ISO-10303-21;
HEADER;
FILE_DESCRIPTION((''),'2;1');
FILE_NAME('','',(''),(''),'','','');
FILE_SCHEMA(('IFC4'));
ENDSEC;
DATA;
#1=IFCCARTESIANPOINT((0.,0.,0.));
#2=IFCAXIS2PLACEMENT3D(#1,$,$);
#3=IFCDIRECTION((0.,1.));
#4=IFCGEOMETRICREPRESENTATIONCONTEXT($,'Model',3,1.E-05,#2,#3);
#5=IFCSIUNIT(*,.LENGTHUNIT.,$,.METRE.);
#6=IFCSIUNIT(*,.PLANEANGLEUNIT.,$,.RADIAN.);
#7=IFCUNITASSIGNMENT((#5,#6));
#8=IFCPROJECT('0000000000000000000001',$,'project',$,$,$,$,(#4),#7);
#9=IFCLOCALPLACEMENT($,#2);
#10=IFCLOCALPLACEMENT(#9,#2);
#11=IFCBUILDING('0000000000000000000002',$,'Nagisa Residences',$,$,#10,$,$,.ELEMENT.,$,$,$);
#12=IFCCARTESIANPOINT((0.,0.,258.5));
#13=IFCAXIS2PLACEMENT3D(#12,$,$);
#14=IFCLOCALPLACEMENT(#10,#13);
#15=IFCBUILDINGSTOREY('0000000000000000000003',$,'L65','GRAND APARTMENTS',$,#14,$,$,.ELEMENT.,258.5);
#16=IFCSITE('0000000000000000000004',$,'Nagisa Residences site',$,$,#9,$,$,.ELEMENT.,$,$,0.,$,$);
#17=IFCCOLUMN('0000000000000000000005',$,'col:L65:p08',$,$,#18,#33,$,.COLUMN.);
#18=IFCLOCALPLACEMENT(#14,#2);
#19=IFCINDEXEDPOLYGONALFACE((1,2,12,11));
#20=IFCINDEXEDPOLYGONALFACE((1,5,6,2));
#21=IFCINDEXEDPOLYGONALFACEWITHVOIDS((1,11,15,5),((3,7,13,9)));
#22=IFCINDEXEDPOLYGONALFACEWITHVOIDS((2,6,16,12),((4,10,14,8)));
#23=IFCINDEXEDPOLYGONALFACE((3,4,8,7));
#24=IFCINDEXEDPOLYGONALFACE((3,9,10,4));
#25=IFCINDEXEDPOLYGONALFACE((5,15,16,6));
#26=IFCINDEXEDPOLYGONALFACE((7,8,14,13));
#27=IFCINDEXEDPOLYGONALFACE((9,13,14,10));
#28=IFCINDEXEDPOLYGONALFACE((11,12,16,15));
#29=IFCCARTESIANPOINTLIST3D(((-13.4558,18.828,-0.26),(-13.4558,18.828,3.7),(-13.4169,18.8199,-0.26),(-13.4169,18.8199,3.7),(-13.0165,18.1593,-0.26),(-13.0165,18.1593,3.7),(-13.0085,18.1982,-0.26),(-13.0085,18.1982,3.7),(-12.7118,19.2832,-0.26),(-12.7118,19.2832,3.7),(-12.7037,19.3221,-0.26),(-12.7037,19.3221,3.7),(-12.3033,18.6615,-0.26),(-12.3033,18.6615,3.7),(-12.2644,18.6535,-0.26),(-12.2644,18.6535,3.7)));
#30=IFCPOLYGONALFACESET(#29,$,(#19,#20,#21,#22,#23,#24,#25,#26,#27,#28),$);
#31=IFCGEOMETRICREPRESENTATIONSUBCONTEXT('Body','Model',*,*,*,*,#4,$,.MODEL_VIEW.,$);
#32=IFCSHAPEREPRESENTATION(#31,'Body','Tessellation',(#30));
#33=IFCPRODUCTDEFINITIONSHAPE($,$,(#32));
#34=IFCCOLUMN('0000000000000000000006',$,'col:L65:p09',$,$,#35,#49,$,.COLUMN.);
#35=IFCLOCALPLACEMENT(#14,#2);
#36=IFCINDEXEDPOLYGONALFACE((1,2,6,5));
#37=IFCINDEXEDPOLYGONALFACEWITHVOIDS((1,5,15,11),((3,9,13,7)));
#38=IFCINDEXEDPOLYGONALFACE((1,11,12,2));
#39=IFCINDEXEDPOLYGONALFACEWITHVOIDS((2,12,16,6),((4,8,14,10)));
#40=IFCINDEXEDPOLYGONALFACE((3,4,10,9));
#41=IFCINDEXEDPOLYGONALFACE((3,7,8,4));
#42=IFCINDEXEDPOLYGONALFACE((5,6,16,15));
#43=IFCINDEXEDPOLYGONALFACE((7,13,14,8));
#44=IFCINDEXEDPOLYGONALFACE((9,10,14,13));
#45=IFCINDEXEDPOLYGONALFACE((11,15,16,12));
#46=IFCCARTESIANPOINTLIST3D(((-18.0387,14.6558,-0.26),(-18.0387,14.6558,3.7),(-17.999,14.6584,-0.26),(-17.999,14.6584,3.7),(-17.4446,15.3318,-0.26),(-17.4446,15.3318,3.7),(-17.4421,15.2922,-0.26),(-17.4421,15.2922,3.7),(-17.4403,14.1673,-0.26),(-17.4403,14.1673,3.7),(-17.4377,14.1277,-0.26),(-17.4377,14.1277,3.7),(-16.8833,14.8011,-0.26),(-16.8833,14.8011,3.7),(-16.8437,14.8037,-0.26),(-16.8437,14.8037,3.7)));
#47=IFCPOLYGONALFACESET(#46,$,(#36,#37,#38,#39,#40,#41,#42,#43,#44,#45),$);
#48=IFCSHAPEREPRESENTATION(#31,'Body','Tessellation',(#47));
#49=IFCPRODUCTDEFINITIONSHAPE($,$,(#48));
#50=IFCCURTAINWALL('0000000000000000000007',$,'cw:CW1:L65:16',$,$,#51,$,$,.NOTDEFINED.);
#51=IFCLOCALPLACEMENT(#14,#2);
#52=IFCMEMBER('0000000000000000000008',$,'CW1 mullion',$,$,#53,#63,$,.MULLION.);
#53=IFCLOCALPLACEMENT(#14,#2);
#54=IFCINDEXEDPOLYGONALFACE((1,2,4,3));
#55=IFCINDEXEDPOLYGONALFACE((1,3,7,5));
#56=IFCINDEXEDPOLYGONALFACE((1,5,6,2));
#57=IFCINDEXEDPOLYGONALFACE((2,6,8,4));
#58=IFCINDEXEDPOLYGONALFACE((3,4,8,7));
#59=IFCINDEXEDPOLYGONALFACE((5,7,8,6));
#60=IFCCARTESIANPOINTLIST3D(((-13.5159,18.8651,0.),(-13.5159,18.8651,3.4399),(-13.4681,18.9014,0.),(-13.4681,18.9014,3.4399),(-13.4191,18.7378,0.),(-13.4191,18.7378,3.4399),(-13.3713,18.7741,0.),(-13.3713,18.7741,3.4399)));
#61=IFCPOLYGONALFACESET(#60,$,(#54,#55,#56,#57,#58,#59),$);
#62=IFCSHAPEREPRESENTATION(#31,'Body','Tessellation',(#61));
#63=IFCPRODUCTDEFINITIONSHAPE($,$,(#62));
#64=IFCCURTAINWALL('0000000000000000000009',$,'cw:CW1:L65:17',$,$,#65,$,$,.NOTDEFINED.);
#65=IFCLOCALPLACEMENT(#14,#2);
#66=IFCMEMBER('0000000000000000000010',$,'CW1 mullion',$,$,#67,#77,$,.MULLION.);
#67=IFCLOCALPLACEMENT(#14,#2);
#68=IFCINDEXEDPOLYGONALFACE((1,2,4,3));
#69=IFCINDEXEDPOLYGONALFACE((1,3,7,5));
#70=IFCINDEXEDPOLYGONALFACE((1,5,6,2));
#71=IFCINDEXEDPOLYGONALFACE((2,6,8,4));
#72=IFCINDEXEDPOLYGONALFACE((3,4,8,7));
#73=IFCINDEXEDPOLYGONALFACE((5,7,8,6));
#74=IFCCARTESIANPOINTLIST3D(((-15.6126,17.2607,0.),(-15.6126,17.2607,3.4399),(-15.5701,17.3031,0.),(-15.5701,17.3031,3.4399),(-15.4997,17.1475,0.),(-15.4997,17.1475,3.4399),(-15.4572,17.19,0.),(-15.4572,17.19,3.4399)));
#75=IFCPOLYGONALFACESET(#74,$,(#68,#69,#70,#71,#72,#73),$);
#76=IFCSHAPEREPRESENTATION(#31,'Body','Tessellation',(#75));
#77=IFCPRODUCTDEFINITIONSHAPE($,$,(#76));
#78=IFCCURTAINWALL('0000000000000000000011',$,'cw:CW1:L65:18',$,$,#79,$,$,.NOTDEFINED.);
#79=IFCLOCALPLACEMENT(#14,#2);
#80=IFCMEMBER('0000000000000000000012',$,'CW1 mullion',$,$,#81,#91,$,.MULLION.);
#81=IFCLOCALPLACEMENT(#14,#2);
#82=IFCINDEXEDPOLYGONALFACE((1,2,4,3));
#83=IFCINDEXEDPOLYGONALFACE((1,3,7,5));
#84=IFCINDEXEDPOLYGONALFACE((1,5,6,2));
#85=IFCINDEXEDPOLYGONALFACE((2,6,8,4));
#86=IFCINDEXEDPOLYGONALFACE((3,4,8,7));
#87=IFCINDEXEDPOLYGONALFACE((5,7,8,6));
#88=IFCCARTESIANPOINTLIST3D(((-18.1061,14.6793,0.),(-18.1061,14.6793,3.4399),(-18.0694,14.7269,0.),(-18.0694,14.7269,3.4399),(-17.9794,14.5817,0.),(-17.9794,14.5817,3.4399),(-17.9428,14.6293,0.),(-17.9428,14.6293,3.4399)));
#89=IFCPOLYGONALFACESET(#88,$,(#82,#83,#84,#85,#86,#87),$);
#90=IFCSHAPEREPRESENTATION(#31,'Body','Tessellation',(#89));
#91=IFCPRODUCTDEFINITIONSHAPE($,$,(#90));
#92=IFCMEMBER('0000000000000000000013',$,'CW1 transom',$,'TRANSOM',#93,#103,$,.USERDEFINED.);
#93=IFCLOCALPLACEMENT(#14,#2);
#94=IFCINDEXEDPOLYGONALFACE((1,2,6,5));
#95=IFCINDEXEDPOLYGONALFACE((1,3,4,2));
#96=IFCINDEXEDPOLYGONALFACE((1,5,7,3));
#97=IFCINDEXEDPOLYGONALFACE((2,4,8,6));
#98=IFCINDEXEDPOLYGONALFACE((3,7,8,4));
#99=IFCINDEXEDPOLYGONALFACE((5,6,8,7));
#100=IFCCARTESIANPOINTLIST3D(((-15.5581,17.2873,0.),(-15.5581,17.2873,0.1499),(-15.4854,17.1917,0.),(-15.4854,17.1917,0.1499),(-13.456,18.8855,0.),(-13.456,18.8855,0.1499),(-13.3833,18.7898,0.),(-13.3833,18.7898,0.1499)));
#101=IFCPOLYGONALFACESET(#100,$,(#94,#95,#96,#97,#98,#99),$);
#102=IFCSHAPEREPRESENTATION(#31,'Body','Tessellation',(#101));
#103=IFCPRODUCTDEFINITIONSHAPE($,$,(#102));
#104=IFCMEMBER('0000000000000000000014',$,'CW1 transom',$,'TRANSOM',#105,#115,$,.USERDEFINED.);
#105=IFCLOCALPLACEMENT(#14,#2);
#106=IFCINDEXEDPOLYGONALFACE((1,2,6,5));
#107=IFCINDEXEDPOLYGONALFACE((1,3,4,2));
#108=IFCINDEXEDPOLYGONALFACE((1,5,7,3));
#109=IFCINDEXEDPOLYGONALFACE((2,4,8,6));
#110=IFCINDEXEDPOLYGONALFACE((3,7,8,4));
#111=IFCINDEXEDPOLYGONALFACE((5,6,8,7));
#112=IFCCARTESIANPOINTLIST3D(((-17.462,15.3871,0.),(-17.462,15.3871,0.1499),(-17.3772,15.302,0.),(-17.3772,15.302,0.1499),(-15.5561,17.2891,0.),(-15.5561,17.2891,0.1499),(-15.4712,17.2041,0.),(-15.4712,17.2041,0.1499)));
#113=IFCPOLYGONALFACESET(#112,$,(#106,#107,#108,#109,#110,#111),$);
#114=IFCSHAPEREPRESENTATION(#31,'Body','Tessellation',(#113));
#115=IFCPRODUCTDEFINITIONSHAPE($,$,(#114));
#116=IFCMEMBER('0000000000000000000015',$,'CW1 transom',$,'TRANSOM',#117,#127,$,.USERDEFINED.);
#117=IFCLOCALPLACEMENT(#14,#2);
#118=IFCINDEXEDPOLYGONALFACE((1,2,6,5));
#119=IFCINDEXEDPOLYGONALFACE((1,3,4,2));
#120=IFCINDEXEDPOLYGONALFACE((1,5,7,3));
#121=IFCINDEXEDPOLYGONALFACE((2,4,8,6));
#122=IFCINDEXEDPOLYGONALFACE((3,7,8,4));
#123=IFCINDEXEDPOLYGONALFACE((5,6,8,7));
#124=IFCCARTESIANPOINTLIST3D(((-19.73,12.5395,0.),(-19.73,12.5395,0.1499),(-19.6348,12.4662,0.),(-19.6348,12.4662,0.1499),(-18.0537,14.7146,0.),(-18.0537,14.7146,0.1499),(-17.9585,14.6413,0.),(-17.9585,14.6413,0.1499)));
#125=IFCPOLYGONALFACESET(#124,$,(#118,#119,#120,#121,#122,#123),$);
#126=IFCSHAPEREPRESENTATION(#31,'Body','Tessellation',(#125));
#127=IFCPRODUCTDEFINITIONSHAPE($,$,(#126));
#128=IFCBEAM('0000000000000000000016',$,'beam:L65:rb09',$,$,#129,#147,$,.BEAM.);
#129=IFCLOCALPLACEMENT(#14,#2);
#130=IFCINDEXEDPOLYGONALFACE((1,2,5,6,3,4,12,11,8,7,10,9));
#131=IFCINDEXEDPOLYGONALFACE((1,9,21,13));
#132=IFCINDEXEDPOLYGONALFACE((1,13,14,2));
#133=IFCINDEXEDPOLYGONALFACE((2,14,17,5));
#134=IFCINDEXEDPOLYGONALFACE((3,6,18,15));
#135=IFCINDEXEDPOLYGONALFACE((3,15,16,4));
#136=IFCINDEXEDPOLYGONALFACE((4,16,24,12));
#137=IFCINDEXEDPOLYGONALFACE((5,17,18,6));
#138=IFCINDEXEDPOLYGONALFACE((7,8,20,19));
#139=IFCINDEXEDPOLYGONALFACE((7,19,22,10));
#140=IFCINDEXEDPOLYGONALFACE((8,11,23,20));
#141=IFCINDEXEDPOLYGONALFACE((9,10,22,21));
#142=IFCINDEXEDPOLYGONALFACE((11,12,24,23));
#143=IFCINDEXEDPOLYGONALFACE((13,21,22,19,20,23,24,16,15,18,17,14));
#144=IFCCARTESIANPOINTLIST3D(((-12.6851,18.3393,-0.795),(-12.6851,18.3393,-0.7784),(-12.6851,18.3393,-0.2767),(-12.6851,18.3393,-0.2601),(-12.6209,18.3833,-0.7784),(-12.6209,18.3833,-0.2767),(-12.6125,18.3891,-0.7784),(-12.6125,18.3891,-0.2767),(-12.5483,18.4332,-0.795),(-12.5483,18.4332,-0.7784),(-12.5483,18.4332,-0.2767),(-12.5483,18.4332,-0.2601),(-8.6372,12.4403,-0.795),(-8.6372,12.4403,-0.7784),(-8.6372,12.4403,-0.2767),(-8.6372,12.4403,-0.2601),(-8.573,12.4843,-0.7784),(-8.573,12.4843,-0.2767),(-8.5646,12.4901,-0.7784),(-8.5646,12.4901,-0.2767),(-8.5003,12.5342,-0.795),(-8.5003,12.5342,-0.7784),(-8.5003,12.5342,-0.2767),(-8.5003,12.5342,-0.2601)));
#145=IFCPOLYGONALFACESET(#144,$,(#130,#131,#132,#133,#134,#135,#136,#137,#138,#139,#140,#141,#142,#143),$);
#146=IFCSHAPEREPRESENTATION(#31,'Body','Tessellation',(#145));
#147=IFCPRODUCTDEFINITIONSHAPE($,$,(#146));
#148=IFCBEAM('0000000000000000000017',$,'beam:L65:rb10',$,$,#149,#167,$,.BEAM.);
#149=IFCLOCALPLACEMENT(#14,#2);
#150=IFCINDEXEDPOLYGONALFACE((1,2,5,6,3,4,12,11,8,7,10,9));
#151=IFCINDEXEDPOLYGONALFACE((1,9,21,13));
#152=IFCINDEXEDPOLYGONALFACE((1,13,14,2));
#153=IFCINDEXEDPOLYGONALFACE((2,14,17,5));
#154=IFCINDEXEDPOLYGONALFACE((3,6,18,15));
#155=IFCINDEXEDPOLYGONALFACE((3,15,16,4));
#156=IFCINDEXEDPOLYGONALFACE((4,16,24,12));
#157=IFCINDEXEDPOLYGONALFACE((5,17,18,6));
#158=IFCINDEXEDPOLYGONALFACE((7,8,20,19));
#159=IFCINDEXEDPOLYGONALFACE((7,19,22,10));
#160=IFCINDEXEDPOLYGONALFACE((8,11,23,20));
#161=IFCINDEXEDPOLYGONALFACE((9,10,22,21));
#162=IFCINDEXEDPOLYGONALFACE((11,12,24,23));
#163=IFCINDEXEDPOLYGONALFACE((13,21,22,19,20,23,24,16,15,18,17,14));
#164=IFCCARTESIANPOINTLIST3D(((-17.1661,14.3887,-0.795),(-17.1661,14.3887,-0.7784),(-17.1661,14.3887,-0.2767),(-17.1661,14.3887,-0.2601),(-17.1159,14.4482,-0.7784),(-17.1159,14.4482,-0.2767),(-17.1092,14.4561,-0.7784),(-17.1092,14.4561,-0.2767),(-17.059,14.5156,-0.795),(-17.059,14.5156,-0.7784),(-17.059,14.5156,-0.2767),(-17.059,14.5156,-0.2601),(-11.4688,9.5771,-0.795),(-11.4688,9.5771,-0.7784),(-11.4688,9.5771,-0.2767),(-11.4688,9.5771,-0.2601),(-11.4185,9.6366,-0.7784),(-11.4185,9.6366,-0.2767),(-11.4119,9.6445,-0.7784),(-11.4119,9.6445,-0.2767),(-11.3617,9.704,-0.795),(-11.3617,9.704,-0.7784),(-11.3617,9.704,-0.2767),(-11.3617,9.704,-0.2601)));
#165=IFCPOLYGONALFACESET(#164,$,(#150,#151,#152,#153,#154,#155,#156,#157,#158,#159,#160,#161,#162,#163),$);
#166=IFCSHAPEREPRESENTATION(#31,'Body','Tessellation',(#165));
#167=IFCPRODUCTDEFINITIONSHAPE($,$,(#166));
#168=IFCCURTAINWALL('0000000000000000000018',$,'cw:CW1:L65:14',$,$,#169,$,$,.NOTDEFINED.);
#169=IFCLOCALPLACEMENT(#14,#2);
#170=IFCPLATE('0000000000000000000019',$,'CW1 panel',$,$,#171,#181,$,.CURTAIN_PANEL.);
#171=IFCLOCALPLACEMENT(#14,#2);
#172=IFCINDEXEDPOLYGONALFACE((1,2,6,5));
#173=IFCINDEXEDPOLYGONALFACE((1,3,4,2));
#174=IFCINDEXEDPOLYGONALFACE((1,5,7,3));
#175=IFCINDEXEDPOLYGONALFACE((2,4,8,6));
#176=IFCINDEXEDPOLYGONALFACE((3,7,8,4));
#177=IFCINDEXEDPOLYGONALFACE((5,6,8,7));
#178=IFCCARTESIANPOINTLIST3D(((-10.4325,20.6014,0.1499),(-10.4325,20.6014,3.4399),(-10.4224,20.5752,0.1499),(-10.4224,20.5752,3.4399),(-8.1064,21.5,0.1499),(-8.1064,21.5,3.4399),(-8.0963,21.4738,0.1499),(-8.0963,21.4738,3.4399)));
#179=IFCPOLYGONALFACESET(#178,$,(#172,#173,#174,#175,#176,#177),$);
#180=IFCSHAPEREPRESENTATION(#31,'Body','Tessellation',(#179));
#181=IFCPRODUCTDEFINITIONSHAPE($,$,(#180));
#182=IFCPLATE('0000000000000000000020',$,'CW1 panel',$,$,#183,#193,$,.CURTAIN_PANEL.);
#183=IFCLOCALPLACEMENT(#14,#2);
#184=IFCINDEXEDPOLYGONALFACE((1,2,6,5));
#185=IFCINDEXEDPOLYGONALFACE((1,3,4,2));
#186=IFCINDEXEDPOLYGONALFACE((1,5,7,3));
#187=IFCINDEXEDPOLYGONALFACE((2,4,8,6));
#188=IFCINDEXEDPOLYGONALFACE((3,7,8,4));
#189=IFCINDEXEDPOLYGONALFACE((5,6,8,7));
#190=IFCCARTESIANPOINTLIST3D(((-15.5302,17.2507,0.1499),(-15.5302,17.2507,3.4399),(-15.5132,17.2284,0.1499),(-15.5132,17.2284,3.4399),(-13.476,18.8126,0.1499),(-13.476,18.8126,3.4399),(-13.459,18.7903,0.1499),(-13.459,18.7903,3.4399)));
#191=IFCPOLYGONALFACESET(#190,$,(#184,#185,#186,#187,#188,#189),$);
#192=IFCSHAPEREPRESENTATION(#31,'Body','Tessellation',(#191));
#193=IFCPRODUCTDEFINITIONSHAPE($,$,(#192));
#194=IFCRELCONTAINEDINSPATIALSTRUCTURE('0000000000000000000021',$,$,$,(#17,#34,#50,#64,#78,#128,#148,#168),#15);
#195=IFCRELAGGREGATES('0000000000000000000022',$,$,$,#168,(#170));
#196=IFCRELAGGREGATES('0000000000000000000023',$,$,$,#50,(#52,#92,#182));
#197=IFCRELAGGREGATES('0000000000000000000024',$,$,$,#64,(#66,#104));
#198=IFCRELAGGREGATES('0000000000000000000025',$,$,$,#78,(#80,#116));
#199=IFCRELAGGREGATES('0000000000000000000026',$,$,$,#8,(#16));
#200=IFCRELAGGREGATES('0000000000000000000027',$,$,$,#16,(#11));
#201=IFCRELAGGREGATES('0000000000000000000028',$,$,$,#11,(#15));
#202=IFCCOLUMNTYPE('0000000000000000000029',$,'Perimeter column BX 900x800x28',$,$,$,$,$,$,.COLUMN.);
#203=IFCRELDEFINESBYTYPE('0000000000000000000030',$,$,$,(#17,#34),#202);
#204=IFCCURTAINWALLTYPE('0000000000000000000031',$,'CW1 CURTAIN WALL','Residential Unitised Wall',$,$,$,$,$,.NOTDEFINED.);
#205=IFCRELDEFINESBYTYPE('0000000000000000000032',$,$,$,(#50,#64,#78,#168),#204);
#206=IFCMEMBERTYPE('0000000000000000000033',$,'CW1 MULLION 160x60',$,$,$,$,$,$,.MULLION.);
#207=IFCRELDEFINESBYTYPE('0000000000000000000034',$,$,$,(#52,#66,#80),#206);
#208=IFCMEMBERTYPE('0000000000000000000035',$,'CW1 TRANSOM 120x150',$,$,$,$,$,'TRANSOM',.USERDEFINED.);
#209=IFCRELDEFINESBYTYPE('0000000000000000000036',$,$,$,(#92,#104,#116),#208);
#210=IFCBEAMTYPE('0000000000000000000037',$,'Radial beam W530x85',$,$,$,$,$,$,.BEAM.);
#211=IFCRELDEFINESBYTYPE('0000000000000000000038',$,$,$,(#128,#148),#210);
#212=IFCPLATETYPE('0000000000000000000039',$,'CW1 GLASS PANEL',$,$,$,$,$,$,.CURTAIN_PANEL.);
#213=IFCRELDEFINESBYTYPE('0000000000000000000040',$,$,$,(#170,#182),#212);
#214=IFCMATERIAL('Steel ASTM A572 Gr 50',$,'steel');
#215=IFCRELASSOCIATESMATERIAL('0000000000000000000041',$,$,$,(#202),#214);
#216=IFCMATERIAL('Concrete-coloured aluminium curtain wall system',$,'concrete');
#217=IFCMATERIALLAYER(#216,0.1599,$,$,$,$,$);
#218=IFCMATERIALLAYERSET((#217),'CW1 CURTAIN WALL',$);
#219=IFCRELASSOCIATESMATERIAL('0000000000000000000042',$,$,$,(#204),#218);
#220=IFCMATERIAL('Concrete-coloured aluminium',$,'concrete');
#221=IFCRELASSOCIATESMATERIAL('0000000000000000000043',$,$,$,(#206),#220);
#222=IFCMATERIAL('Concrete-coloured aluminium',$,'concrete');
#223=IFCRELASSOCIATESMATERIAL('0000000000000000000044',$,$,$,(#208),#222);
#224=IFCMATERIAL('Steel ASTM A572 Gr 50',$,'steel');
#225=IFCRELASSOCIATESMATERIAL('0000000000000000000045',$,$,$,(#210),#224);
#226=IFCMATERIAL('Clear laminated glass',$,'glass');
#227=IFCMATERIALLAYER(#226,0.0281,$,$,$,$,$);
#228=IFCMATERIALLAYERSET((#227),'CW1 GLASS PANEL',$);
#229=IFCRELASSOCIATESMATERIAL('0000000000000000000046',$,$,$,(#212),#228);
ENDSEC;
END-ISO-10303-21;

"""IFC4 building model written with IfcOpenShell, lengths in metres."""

from ifc_helpers import new_model, si_unit, direction, frame, origin, origin_2d, place, context, subcontext, project, spatial, rectangle, hollow_rectangle, i_section, extrude, material, layer, layer_set, material_profile, profile_set, type_object, element, aggregate, save


model = new_model("IFC4")

# Units and contexts
model_context = context("Model", 3, precision=1e-05, world=origin(), true_north=direction((0.0, 1.0)))
body_context = subcontext(model_context, "Body", "Model", "MODEL_VIEW")
ifc_project = project(units=[si_unit("LENGTHUNIT", "METRE"), si_unit("PLANEANGLEUNIT", "RADIAN")], contexts=[model_context])

# Site, building, storey
site_placement = place(None, origin())
site = spatial("IfcSite", under=ifc_project, at=site_placement, Name="Nagisa Residences site", CompositionType="ELEMENT", RefElevation=0.0)
building_placement = place(site_placement, origin())
building = spatial("IfcBuilding", under=site, at=building_placement, Name="Nagisa Residences", CompositionType="ELEMENT")
storey_placement = place(building_placement, frame((0.0, 0.0, 258.5)))
storey = spatial("IfcBuildingStorey", under=building, at=storey_placement, Name="L65", Description="GRAND APARTMENTS", CompositionType="ELEMENT", Elevation=258.5)

# Columns
ifc_material_1 = material(Name="Steel ASTM A572 Gr 50", Category="steel")
ifc_material_profile_1 = material_profile(ifc_material_1, hollow_rectangle(XDim=0.8999, YDim=0.8, WallThickness=0.0281, at=origin_2d()), Name="BX 900x800x28")
ifc_profile_set_1 = profile_set([ifc_material_profile_1], Name="Steel ASTM A572 Gr 50")
column_type = type_object("IfcColumnType", Name="Perimeter column BX 900x800x28", PredefinedType="COLUMN", material=ifc_profile_set_1)
for number, where, z_axis, x_axis, name in (
    (1, (-12.8601, 18.7407, -0.26), (0.0, 0.0, 1.0), (-0.835766, -0.549086, 0.0), "col:L65:p08"),
    (2, (-17.4412, 14.7297, -0.26), (0.0, 0.0, 1.0), (-0.660115, -0.751165, 0.0), "col:L65:p09"),
):
    element("IfcColumn", number, at=place(storey_placement, frame(where, z_axis=z_axis, x_axis=x_axis)), inside=storey, type_object=column_type, Name=name, PredefinedType="COLUMN", context=body_context, shape_type="SweptSolid", body=[
        extrude(hollow_rectangle(XDim=0.8999, YDim=0.8, WallThickness=0.0281, at=origin_2d()), origin(), (0.0, 0.0, 1.0), 3.96),
    ])

# Curtain walls, members
ifc_material_2 = material(Name="Concrete-coloured aluminium curtain wall system", Category="concrete")
ifc_layer_1 = layer(ifc_material_2, 0.1599)
ifc_layer_set_1 = layer_set([ifc_layer_1], Name="CW1 CURTAIN WALL")
curtain_wall_type = type_object("IfcCurtainWallType", Name="CW1 CURTAIN WALL", Description="Residential Unitised Wall", PredefinedType="NOTDEFINED", material=ifc_layer_set_1)
curtain_wall_1_placement = place(storey_placement, origin())
curtain_wall_1 = element("IfcCurtainWall", 3, at=curtain_wall_1_placement, inside=storey, type_object=curtain_wall_type, Name="cw:CW1:L65:16", PredefinedType="NOTDEFINED")
ifc_material_3 = material(Name="Concrete-coloured aluminium", Category="concrete")
ifc_material_profile_2 = material_profile(ifc_material_3, rectangle(XDim=0.1599, YDim=0.0601, at=origin_2d()), Name="CW1 MULLION 160x60")
ifc_profile_set_2 = profile_set([ifc_material_profile_2], Name="Concrete-coloured aluminium")
member_type_1 = type_object("IfcMemberType", Name="CW1 MULLION 160x60", PredefinedType="MULLION", material=ifc_profile_set_2)
member_1_placement = place(storey_placement, frame((-13.4436, 18.8196, 0.0), z_axis=(0.0, 0.0, 1.0), x_axis=(0.605255, -0.796031, 0.0)))
member_1 = element("IfcMember", 4, at=member_1_placement, type_object=member_type_1, Name="CW1 mullion", PredefinedType="MULLION", context=body_context, shape_type="SweptSolid", body=[
    extrude(rectangle(XDim=0.1599, YDim=0.0601, at=origin_2d()), origin(), (0.0, 0.0, 1.0), 3.4399),
])
curtain_wall_2_placement = place(storey_placement, origin())
curtain_wall_2 = element("IfcCurtainWall", 5, at=curtain_wall_2_placement, inside=storey, type_object=curtain_wall_type, Name="cw:CW1:L65:17", PredefinedType="NOTDEFINED")
member_2_placement = place(storey_placement, frame((-15.5349, 17.2253, 0.0), z_axis=(0.0, 0.0, 1.0), x_axis=(0.706377, -0.707836, 0.0)))
member_2 = element("IfcMember", 6, at=member_2_placement, type_object=member_type_1, Name="CW1 mullion", PredefinedType="MULLION", context=body_context, shape_type="SweptSolid", body=[
    extrude(rectangle(XDim=0.1599, YDim=0.0601, at=origin_2d()), origin(), (0.0, 0.0, 1.0), 3.4399),
])
curtain_wall_3_placement = place(storey_placement, origin())
curtain_wall_3 = element("IfcCurtainWall", 7, at=curtain_wall_3_placement, inside=storey, type_object=curtain_wall_type, Name="cw:CW1:L65:18", PredefinedType="NOTDEFINED")
member_3_placement = place(storey_placement, frame((-18.0244, 14.6543, 0.0), z_axis=(0.0, 0.0, 1.0), x_axis=(0.79207, -0.61043, 0.0)))
member_3 = element("IfcMember", 8, at=member_3_placement, type_object=member_type_1, Name="CW1 mullion", PredefinedType="MULLION", context=body_context, shape_type="SweptSolid", body=[
    extrude(rectangle(XDim=0.1599, YDim=0.0601, at=origin_2d()), origin(), (0.0, 0.0, 1.0), 3.4399),
])

# Members
ifc_material_4 = material(Name="Concrete-coloured aluminium", Category="concrete")
ifc_material_profile_3 = material_profile(ifc_material_4, rectangle(XDim=0.1201, YDim=0.1499, at=origin_2d()), Name="CW1 TRANSOM 120x150")
ifc_profile_set_3 = profile_set([ifc_material_profile_3], Name="Concrete-coloured aluminium")
member_type_2 = type_object("IfcMemberType", Name="CW1 TRANSOM 120x150", ElementType="TRANSOM", PredefinedType="USERDEFINED", material=ifc_profile_set_3)
member_4_placement = place(storey_placement, frame((-13.4197, 18.8376, 0.075), z_axis=(-0.796055, -0.605224, 0.0), x_axis=(0.605224, -0.796055, 0.0)))
member_4 = element("IfcMember", 9, at=member_4_placement, type_object=member_type_2, Name="CW1 transom", ObjectType="TRANSOM", PredefinedType="USERDEFINED", context=body_context, shape_type="SweptSolid", body=[
    extrude(rectangle(XDim=0.1201, YDim=0.1499, at=origin_2d()), origin(), (0.0, 0.0, 1.0), 2.6406),
])
member_5_placement = place(storey_placement, frame((-15.5137, 17.2466, 0.075), z_axis=(-0.707832, -0.706381, 0.0), x_axis=(0.706381, -0.707832, 0.0)))
member_5 = element("IfcMember", 10, at=member_5_placement, type_object=member_type_2, Name="CW1 transom", ObjectType="TRANSOM", PredefinedType="USERDEFINED", context=body_context, shape_type="SweptSolid", body=[
    extrude(rectangle(XDim=0.1201, YDim=0.1499, at=origin_2d()), origin(), (0.0, 0.0, 1.0), 2.6926),
])
member_6_placement = place(storey_placement, frame((-18.0061, 14.678, 0.075), z_axis=(-0.610432, -0.792068, 0.0), x_axis=(0.792068, -0.610432, 0.0)))
member_6 = element("IfcMember", 11, at=member_6_placement, type_object=member_type_2, Name="CW1 transom", ObjectType="TRANSOM", PredefinedType="USERDEFINED", context=body_context, shape_type="SweptSolid", body=[
    extrude(rectangle(XDim=0.1201, YDim=0.1499, at=origin_2d()), origin(), (0.0, 0.0, 1.0), 2.7461),
])

# Beams
ifc_material_5 = material(Name="Steel ASTM A572 Gr 50", Category="steel")
ifc_material_profile_4 = material_profile(ifc_material_5, i_section(OverallWidth=0.166, OverallDepth=0.5349, WebThickness=0.0103, FlangeThickness=0.0166, at=origin_2d()), Name="W530x85")
ifc_profile_set_4 = profile_set([ifc_material_profile_4], Name="Steel ASTM A572 Gr 50")
beam_type = type_object("IfcBeamType", Name="Radial beam W530x85", PredefinedType="BEAM", material=ifc_profile_set_4)
beam_1_placement = place(storey_placement, frame((-12.6167, 18.3862, -0.5276), z_axis=(0.565802, -0.824541, 0.0), x_axis=(0.824541, 0.565802, 0.0)))
element("IfcBeam", 12, at=beam_1_placement, inside=storey, type_object=beam_type, Name="beam:L65:rb09", PredefinedType="BEAM", context=body_context, shape_type="SweptSolid", body=[
    extrude(i_section(OverallWidth=0.166, OverallDepth=0.5349, WebThickness=0.0103, FlangeThickness=0.0166, at=origin_2d()), origin(), (0.0, 0.0, 1.0), 7.1543),
])
beam_2_placement = place(storey_placement, frame((-17.1125, 14.4521, -0.5276), z_axis=(0.763997, -0.64522, 0.0), x_axis=(0.64522, 0.763997, 0.0)))
element("IfcBeam", 13, at=beam_2_placement, inside=storey, type_object=beam_type, Name="beam:L65:rb10", PredefinedType="BEAM", context=body_context, shape_type="SweptSolid", body=[
    extrude(i_section(OverallWidth=0.166, OverallDepth=0.5349, WebThickness=0.0103, FlangeThickness=0.0166, at=origin_2d()), origin(), (0.0, 0.0, 1.0), 7.4573),
])

# Curtain wall, plate
curtain_wall_4_placement = place(storey_placement, origin())
curtain_wall_4 = element("IfcCurtainWall", 14, at=curtain_wall_4_placement, inside=storey, type_object=curtain_wall_type, Name="cw:CW1:L65:14", PredefinedType="NOTDEFINED")
ifc_material_6 = material(Name="Clear laminated glass", Category="glass")
ifc_layer_2 = layer(ifc_material_6, 0.0281)
ifc_layer_set_2 = layer_set([ifc_layer_2], Name="CW1 GLASS PANEL")
plate_type = type_object("IfcPlateType", Name="CW1 GLASS PANEL", PredefinedType="CURTAIN_PANEL", material=ifc_layer_set_2)
plate_1_placement = place(storey_placement, frame((-9.2644, 21.0376, 0.1499), z_axis=(0.0, 0.0, 1.0), x_axis=(-0.932826, -0.360328, 0.0)))
plate_1 = element("IfcPlate", 15, at=plate_1_placement, type_object=plate_type, Name="CW1 panel", PredefinedType="CURTAIN_PANEL", context=body_context, shape_type="SweptSolid", body=[
    extrude(rectangle(XDim=2.4937, YDim=0.0281, at=origin_2d()), origin(), (0.0, 0.0, 1.0), 3.29),
])
aggregate(curtain_wall_4, [plate_1])

# Plate
plate_2_placement = place(storey_placement, frame((-14.4946, 18.0205, 0.1499), z_axis=(0.0, 0.0, 1.0), x_axis=(-0.796031, -0.605255, 0.0)))
plate_2 = element("IfcPlate", 16, at=plate_2_placement, type_object=plate_type, Name="CW1 panel", PredefinedType="CURTAIN_PANEL", context=body_context, shape_type="SweptSolid", body=[
    extrude(rectangle(XDim=2.5806, YDim=0.0281, at=origin_2d()), origin(), (0.0, 0.0, 1.0), 3.29),
])
aggregate(curtain_wall_1, [member_1, member_4, plate_2])
aggregate(curtain_wall_2, [member_2, member_5])
aggregate(curtain_wall_3, [member_3, member_6])

save(model, "model.ifc")
